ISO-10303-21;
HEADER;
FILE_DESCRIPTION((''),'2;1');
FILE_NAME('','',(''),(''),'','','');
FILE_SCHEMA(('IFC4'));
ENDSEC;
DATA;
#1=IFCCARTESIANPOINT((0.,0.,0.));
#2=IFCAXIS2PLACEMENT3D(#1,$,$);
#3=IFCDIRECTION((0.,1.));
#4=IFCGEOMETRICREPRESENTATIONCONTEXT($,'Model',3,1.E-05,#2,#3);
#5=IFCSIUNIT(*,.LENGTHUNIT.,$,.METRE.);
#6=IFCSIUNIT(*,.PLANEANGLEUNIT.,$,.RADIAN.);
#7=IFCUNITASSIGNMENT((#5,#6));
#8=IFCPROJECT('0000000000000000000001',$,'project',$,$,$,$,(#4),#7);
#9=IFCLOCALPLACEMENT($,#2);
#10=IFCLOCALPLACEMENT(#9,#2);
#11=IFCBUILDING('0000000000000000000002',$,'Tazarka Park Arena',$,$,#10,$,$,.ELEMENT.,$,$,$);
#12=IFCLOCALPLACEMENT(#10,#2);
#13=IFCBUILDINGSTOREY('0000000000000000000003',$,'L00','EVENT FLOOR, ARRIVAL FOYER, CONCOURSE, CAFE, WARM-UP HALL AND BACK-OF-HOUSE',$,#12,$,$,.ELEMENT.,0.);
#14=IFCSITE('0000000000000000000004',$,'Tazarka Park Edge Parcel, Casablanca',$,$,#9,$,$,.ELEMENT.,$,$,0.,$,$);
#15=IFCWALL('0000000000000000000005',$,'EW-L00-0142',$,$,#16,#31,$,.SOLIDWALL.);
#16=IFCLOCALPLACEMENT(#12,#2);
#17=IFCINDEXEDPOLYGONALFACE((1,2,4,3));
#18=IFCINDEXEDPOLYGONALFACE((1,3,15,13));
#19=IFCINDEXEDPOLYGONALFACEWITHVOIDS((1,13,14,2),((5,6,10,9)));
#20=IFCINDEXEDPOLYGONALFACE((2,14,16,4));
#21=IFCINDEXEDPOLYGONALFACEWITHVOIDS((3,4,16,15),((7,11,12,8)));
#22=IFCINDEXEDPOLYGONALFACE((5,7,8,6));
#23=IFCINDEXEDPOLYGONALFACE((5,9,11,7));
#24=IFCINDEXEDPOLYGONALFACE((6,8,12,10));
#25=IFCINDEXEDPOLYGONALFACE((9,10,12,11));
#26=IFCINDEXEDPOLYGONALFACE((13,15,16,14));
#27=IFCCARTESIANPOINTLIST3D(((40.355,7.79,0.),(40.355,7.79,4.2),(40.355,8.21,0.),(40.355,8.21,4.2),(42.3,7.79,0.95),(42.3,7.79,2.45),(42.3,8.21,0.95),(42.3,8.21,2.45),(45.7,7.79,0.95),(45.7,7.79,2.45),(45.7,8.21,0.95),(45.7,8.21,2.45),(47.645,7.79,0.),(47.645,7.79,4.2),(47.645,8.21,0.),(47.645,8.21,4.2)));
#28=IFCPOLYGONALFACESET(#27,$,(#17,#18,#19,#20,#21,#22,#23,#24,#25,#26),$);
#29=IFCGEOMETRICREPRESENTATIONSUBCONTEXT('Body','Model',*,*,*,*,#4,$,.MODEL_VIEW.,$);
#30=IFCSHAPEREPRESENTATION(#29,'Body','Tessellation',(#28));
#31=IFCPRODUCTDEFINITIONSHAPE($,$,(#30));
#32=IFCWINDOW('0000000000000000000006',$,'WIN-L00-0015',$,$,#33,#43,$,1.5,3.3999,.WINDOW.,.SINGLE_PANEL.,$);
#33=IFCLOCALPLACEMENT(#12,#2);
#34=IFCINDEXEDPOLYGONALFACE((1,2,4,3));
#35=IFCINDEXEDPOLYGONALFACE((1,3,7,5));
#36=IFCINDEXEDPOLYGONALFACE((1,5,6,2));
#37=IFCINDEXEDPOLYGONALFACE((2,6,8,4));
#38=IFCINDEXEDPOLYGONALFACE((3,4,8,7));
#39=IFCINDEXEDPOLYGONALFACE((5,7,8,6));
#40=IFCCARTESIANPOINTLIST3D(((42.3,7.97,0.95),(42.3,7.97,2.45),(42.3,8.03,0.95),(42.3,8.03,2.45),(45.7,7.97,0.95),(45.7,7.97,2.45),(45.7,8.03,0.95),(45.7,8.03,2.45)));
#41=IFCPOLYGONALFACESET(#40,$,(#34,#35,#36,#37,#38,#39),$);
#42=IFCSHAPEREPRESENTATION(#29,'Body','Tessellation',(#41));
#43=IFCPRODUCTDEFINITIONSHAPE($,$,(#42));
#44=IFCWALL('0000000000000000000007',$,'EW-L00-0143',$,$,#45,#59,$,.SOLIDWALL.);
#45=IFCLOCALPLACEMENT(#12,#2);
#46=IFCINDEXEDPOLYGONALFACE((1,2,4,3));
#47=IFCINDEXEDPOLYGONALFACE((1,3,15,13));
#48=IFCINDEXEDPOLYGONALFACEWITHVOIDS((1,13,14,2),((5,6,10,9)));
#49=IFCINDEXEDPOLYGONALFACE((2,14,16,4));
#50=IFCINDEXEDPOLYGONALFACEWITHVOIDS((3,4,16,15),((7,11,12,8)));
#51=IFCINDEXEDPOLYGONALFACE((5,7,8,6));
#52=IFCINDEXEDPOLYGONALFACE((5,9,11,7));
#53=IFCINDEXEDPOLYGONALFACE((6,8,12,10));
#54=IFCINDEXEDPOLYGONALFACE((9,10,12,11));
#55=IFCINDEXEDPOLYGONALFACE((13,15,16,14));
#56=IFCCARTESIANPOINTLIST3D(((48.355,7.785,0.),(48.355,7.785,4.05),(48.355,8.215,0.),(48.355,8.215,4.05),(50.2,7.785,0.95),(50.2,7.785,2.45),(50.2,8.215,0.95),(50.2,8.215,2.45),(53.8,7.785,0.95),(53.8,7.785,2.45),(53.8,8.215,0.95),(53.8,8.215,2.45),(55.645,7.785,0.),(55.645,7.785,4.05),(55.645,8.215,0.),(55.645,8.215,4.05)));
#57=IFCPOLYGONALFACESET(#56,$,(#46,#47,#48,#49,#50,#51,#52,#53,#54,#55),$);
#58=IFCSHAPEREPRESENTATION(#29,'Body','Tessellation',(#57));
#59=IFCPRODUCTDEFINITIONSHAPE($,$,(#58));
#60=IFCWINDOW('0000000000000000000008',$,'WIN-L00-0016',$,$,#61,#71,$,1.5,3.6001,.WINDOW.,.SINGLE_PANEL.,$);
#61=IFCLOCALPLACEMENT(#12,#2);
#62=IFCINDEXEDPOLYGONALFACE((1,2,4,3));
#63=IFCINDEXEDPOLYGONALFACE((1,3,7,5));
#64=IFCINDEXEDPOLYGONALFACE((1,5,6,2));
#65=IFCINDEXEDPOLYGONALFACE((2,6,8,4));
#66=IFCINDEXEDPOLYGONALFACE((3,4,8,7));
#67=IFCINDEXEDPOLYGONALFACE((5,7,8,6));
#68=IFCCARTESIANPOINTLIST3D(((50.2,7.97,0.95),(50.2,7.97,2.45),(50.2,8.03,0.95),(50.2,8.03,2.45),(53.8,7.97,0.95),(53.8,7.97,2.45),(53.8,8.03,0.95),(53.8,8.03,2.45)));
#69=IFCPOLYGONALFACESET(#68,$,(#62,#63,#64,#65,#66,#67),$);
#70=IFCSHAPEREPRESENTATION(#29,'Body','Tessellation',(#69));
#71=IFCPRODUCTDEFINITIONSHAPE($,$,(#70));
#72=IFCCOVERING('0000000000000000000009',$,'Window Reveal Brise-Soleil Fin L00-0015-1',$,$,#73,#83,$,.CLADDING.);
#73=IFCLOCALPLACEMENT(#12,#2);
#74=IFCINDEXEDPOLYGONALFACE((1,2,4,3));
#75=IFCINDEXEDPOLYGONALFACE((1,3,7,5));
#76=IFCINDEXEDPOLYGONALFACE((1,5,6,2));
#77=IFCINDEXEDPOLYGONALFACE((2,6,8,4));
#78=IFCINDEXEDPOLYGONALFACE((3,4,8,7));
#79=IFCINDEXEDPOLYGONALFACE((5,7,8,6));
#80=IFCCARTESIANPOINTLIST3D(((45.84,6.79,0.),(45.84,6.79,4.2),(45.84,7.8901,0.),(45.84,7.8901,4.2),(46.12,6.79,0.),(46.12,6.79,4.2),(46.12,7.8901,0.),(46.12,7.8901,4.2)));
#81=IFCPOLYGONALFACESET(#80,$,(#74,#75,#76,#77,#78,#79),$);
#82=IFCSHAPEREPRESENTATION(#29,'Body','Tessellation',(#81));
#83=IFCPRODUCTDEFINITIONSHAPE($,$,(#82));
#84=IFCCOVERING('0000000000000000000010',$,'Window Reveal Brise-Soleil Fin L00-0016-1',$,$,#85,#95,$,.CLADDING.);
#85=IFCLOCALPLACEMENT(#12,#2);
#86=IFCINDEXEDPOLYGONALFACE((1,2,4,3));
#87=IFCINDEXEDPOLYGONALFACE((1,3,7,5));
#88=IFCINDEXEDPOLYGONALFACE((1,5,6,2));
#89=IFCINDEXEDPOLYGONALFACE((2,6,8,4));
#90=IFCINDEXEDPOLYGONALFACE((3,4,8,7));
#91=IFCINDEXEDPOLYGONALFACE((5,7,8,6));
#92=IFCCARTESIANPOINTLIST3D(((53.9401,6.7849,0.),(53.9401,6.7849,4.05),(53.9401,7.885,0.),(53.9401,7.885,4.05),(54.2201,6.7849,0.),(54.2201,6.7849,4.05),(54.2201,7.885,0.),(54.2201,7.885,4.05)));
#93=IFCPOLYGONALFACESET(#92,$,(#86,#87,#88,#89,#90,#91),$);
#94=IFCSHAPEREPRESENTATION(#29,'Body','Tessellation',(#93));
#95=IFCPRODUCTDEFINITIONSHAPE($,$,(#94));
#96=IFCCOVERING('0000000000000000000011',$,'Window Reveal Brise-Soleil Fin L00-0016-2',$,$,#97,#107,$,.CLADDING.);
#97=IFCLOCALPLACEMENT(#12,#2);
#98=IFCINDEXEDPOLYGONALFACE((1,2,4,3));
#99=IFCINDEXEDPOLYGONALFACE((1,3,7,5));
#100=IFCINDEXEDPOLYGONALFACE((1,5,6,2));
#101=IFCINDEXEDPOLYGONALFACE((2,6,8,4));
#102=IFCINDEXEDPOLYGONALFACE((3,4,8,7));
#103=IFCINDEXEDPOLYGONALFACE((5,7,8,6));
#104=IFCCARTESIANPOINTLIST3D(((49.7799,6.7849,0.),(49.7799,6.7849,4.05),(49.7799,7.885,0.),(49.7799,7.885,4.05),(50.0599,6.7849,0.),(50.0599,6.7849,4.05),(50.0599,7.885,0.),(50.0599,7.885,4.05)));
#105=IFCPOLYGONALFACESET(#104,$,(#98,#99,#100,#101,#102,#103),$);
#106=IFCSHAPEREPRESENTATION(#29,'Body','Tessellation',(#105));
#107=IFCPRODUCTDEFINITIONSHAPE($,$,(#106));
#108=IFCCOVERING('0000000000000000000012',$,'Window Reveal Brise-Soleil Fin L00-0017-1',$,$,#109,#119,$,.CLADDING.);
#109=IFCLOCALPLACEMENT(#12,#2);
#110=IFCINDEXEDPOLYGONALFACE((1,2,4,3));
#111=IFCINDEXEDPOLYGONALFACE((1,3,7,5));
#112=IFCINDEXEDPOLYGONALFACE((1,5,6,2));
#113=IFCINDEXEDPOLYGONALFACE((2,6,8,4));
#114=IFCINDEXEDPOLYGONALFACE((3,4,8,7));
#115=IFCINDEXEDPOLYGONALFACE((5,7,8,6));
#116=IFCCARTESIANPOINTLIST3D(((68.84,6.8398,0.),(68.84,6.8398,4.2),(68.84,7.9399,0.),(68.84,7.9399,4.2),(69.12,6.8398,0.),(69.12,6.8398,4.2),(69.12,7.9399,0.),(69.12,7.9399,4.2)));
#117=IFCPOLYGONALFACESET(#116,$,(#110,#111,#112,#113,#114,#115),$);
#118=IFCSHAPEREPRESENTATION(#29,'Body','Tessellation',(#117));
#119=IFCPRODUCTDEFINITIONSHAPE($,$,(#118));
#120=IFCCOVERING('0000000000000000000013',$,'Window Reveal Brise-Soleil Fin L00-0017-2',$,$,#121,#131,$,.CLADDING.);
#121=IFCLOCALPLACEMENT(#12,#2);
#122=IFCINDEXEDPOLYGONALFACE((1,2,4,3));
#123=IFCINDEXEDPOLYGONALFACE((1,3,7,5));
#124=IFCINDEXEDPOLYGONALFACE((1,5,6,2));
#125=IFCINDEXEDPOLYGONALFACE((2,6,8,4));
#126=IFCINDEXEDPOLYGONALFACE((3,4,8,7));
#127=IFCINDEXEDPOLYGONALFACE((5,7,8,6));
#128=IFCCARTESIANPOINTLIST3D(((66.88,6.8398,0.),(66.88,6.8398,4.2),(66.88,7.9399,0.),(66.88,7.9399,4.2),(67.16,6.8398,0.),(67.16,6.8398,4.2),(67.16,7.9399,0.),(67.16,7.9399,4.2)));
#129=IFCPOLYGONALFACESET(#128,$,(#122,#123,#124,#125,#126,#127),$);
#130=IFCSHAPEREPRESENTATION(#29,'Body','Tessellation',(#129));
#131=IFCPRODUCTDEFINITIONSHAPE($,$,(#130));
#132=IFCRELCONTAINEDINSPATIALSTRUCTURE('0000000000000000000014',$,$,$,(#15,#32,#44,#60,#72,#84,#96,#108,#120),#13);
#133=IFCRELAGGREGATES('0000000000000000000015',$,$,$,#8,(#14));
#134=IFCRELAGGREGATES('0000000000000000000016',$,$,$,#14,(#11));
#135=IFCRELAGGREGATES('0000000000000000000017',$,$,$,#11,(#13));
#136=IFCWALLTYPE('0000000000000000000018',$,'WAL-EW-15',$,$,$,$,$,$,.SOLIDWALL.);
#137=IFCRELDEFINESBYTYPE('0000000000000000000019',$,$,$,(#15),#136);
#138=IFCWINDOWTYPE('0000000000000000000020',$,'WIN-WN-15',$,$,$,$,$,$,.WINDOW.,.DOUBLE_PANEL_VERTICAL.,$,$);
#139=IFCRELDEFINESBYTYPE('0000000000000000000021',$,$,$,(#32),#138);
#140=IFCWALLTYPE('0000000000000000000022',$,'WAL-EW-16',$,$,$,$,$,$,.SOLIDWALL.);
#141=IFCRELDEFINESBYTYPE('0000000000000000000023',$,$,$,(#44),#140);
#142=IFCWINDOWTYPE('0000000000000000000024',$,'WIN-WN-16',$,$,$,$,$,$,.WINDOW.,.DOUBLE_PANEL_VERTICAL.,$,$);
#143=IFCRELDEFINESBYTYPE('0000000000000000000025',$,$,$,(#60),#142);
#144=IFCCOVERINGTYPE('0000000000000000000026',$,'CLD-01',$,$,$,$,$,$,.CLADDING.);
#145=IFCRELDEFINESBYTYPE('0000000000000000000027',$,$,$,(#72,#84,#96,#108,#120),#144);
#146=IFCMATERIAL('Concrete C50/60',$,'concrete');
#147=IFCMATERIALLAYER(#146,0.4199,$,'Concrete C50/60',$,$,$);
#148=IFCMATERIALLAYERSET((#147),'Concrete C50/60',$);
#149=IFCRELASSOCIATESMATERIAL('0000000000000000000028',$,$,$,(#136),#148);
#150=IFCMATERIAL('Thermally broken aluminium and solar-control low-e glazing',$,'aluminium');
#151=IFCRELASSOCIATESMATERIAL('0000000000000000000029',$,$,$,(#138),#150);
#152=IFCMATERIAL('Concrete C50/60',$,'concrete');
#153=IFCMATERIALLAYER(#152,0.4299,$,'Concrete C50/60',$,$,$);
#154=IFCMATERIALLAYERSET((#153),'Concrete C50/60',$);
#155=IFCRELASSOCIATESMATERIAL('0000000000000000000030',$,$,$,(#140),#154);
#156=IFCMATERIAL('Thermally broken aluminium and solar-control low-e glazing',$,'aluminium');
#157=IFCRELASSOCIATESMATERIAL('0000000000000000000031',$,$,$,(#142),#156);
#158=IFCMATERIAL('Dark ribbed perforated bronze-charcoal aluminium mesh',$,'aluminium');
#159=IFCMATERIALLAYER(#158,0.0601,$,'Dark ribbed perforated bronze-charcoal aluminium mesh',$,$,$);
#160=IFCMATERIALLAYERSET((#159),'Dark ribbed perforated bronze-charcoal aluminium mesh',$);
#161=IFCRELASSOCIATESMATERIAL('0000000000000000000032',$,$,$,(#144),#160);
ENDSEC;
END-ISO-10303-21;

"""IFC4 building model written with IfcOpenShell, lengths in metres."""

from ifc_helpers import new_model, si_unit, direction, frame, frame_2d, origin, origin_2d, place, context, subcontext, project, spatial, rectangle, extrude, material, layer, layer_set, type_object, element, fill, save


model = new_model("IFC4")

# Units and contexts
model_context = context("Model", 3, precision=1e-05, world=origin(), true_north=direction((0.0, 1.0)))
body_context = subcontext(model_context, "Body", "Model", "MODEL_VIEW")
ifc_project = project(units=[si_unit("LENGTHUNIT", "METRE"), si_unit("PLANEANGLEUNIT", "RADIAN")], contexts=[model_context])

# Site, building, storey
site_placement = place(None, origin())
site = spatial("IfcSite", under=ifc_project, at=site_placement, Name="Tazarka Park Edge Parcel, Casablanca", CompositionType="ELEMENT", RefElevation=0.0)
building_placement = place(site_placement, origin())
building = spatial("IfcBuilding", under=site, at=building_placement, Name="Tazarka Park Arena", CompositionType="ELEMENT")
storey_placement = place(building_placement, origin())
storey = spatial("IfcBuildingStorey", under=building, at=storey_placement, Name="L00", Description="EVENT FLOOR, ARRIVAL FOYER, CONCOURSE, CAFE, WARM-UP HALL AND BACK-OF-HOUSE", CompositionType="ELEMENT", Elevation=0.0)

# Walls, openings, windows
ifc_material_1 = material(Name="Concrete C50/60", Category="concrete")
ifc_layer_1 = layer(ifc_material_1, 0.4199, Name="Concrete C50/60")
ifc_layer_set_1 = layer_set([ifc_layer_1], Name="Concrete C50/60")
wall_type_1 = type_object("IfcWallType", Name="WAL-EW-15", PredefinedType="SOLIDWALL", material=ifc_layer_set_1)
wall_1_placement = place(storey_placement, frame((47.645, 8.0, 0.0), z_axis=(0.0, 0.0, 1.0), x_axis=(-1.0, 0.0, 0.0)))
wall_1 = element("IfcWall", 1, at=wall_1_placement, inside=storey, type_object=wall_type_1, Name="EW-L00-0142", PredefinedType="SOLIDWALL", context=body_context, shape_type="SweptSolid", body=[
    extrude(rectangle(XDim=7.29, YDim=0.4199, at=frame_2d((3.645, 0.0))), origin(), (0.0, 0.0, 1.0), 4.2),
])
opening_1_placement = place(wall_1_placement, frame((1.9451, 0.0, 0.95)))
opening_1 = element("IfcOpeningElement", 2, at=opening_1_placement, cuts=wall_1, PredefinedType="OPENING", context=body_context, shape_type="SweptSolid", body=[
    extrude(rectangle(XDim=3.3999, YDim=1.5, at=frame_2d((1.7, 0.75))), frame((0.0, 0.22, 0.0), z_axis=(0.0, -1.0, 0.0), x_axis=(1.0, 0.0, 0.0)), (0.0, 0.0, 1.0), 0.4399),
])
ifc_material_2 = material(Name="Thermally broken aluminium and solar-control low-e glazing", Category="aluminium")
window_type_1 = type_object("IfcWindowType", Name="WIN-WN-15", PartitioningType="DOUBLE_PANEL_VERTICAL", PredefinedType="WINDOW", material=ifc_material_2)
window_1_placement = place(opening_1_placement, origin())
window_1 = element("IfcWindow", 3, at=window_1_placement, inside=storey, type_object=window_type_1, Name="WIN-L00-0015", OverallHeight=1.5, OverallWidth=3.3999, PartitioningType="SINGLE_PANEL", PredefinedType="WINDOW", context=body_context, shape_type="SweptSolid", body=[
    extrude(rectangle(XDim=3.3999, YDim=1.5, at=frame_2d((1.7, 0.75))), frame((0.0, 0.03, 0.0), z_axis=(0.0, -1.0, 0.0), x_axis=(1.0, 0.0, 0.0)), (0.0, 0.0, 1.0), 0.0601),
])
fill(opening_1, window_1)
ifc_material_3 = material(Name="Concrete C50/60", Category="concrete")
ifc_layer_2 = layer(ifc_material_3, 0.4299, Name="Concrete C50/60")
ifc_layer_set_2 = layer_set([ifc_layer_2], Name="Concrete C50/60")
wall_type_2 = type_object("IfcWallType", Name="WAL-EW-16", PredefinedType="SOLIDWALL", material=ifc_layer_set_2)
wall_2_placement = place(storey_placement, frame((55.645, 8.0, 0.0), z_axis=(0.0, 0.0, 1.0), x_axis=(-1.0, 0.0, 0.0)))
wall_2 = element("IfcWall", 4, at=wall_2_placement, inside=storey, type_object=wall_type_2, Name="EW-L00-0143", PredefinedType="SOLIDWALL", context=body_context, shape_type="SweptSolid", body=[
    extrude(rectangle(XDim=7.29, YDim=0.4299, at=frame_2d((3.645, 0.0))), origin(), (0.0, 0.0, 1.0), 4.05),
])
opening_2_placement = place(wall_2_placement, frame((1.845, 0.0, 0.95)))
opening_2 = element("IfcOpeningElement", 5, at=opening_2_placement, cuts=wall_2, PredefinedType="OPENING", context=body_context, shape_type="SweptSolid", body=[
    extrude(rectangle(XDim=3.6001, YDim=1.5, at=frame_2d((1.8, 0.75))), frame((0.0, 0.2251, 0.0), z_axis=(0.0, -1.0, 0.0), x_axis=(1.0, 0.0, 0.0)), (0.0, 0.0, 1.0), 0.45),
])
ifc_material_4 = material(Name="Thermally broken aluminium and solar-control low-e glazing", Category="aluminium")
window_type_2 = type_object("IfcWindowType", Name="WIN-WN-16", PartitioningType="DOUBLE_PANEL_VERTICAL", PredefinedType="WINDOW", material=ifc_material_4)
window_2_placement = place(opening_2_placement, origin())
window_2 = element("IfcWindow", 6, at=window_2_placement, inside=storey, type_object=window_type_2, Name="WIN-L00-0016", OverallHeight=1.5, OverallWidth=3.6001, PartitioningType="SINGLE_PANEL", PredefinedType="WINDOW", context=body_context, shape_type="SweptSolid", body=[
    extrude(rectangle(XDim=3.6001, YDim=1.5, at=frame_2d((1.8, 0.75))), frame((0.0, 0.03, 0.0), z_axis=(0.0, -1.0, 0.0), x_axis=(1.0, 0.0, 0.0)), (0.0, 0.0, 1.0), 0.0601),
])
fill(opening_2, window_2)

# Coverings
ifc_material_5 = material(Name="Dark ribbed perforated bronze-charcoal aluminium mesh", Category="aluminium")
ifc_layer_3 = layer(ifc_material_5, 0.0601, Name="Dark ribbed perforated bronze-charcoal aluminium mesh")
ifc_layer_set_3 = layer_set([ifc_layer_3], Name="Dark ribbed perforated bronze-charcoal aluminium mesh")
covering_type = type_object("IfcCoveringType", Name="CLD-01", PredefinedType="CLADDING", material=ifc_layer_set_3)
covering_placement = place(storey_placement, frame((45.98, 7.3401, 0.0), z_axis=(0.0, 0.0, 1.0), x_axis=(-1.0, 0.0, 0.0)))
element("IfcCovering", 7, at=covering_placement, inside=storey, type_object=covering_type, Name="Window Reveal Brise-Soleil Fin L00-0015-1", PredefinedType="CLADDING", context=body_context, shape_type="SweptSolid", body=[
    extrude(rectangle(XDim=0.28, YDim=1.1001, at=origin_2d()), origin(), (0.0, 0.0, 1.0), 4.2),
])
for number, where, z_axis, x_axis, name in (
    (8, (54.0801, 7.335, 0.0), (0.0, 0.0, 1.0), (-1.0, 0.0, 0.0), "Window Reveal Brise-Soleil Fin L00-0016-1"),
    (9, (49.9199, 7.335, 0.0), (0.0, 0.0, 1.0), (-1.0, 0.0, 0.0), "Window Reveal Brise-Soleil Fin L00-0016-2"),
):
    element("IfcCovering", number, at=place(storey_placement, frame(where, z_axis=z_axis, x_axis=x_axis)), inside=storey, type_object=covering_type, Name=name, PredefinedType="CLADDING", context=body_context, shape_type="SweptSolid", body=[
        extrude(rectangle(XDim=0.28, YDim=1.1001, at=origin_2d()), origin(), (0.0, 0.0, 1.0), 4.05),
    ])
for number, where, z_axis, x_axis, name in (
    (10, (68.98, 7.3899, 0.0), (0.0, 0.0, 1.0), (-1.0, 0.0, 0.0), "Window Reveal Brise-Soleil Fin L00-0017-1"),
    (11, (67.02, 7.3899, 0.0), (0.0, 0.0, 1.0), (-1.0, 0.0, 0.0), "Window Reveal Brise-Soleil Fin L00-0017-2"),
):
    element("IfcCovering", number, at=place(storey_placement, frame(where, z_axis=z_axis, x_axis=x_axis)), inside=storey, type_object=covering_type, Name=name, PredefinedType="CLADDING", context=body_context, shape_type="SweptSolid", body=[
        extrude(rectangle(XDim=0.28, YDim=1.1001, at=origin_2d()), origin(), (0.0, 0.0, 1.0), 4.2),
    ])

save(model, "model.ifc")
